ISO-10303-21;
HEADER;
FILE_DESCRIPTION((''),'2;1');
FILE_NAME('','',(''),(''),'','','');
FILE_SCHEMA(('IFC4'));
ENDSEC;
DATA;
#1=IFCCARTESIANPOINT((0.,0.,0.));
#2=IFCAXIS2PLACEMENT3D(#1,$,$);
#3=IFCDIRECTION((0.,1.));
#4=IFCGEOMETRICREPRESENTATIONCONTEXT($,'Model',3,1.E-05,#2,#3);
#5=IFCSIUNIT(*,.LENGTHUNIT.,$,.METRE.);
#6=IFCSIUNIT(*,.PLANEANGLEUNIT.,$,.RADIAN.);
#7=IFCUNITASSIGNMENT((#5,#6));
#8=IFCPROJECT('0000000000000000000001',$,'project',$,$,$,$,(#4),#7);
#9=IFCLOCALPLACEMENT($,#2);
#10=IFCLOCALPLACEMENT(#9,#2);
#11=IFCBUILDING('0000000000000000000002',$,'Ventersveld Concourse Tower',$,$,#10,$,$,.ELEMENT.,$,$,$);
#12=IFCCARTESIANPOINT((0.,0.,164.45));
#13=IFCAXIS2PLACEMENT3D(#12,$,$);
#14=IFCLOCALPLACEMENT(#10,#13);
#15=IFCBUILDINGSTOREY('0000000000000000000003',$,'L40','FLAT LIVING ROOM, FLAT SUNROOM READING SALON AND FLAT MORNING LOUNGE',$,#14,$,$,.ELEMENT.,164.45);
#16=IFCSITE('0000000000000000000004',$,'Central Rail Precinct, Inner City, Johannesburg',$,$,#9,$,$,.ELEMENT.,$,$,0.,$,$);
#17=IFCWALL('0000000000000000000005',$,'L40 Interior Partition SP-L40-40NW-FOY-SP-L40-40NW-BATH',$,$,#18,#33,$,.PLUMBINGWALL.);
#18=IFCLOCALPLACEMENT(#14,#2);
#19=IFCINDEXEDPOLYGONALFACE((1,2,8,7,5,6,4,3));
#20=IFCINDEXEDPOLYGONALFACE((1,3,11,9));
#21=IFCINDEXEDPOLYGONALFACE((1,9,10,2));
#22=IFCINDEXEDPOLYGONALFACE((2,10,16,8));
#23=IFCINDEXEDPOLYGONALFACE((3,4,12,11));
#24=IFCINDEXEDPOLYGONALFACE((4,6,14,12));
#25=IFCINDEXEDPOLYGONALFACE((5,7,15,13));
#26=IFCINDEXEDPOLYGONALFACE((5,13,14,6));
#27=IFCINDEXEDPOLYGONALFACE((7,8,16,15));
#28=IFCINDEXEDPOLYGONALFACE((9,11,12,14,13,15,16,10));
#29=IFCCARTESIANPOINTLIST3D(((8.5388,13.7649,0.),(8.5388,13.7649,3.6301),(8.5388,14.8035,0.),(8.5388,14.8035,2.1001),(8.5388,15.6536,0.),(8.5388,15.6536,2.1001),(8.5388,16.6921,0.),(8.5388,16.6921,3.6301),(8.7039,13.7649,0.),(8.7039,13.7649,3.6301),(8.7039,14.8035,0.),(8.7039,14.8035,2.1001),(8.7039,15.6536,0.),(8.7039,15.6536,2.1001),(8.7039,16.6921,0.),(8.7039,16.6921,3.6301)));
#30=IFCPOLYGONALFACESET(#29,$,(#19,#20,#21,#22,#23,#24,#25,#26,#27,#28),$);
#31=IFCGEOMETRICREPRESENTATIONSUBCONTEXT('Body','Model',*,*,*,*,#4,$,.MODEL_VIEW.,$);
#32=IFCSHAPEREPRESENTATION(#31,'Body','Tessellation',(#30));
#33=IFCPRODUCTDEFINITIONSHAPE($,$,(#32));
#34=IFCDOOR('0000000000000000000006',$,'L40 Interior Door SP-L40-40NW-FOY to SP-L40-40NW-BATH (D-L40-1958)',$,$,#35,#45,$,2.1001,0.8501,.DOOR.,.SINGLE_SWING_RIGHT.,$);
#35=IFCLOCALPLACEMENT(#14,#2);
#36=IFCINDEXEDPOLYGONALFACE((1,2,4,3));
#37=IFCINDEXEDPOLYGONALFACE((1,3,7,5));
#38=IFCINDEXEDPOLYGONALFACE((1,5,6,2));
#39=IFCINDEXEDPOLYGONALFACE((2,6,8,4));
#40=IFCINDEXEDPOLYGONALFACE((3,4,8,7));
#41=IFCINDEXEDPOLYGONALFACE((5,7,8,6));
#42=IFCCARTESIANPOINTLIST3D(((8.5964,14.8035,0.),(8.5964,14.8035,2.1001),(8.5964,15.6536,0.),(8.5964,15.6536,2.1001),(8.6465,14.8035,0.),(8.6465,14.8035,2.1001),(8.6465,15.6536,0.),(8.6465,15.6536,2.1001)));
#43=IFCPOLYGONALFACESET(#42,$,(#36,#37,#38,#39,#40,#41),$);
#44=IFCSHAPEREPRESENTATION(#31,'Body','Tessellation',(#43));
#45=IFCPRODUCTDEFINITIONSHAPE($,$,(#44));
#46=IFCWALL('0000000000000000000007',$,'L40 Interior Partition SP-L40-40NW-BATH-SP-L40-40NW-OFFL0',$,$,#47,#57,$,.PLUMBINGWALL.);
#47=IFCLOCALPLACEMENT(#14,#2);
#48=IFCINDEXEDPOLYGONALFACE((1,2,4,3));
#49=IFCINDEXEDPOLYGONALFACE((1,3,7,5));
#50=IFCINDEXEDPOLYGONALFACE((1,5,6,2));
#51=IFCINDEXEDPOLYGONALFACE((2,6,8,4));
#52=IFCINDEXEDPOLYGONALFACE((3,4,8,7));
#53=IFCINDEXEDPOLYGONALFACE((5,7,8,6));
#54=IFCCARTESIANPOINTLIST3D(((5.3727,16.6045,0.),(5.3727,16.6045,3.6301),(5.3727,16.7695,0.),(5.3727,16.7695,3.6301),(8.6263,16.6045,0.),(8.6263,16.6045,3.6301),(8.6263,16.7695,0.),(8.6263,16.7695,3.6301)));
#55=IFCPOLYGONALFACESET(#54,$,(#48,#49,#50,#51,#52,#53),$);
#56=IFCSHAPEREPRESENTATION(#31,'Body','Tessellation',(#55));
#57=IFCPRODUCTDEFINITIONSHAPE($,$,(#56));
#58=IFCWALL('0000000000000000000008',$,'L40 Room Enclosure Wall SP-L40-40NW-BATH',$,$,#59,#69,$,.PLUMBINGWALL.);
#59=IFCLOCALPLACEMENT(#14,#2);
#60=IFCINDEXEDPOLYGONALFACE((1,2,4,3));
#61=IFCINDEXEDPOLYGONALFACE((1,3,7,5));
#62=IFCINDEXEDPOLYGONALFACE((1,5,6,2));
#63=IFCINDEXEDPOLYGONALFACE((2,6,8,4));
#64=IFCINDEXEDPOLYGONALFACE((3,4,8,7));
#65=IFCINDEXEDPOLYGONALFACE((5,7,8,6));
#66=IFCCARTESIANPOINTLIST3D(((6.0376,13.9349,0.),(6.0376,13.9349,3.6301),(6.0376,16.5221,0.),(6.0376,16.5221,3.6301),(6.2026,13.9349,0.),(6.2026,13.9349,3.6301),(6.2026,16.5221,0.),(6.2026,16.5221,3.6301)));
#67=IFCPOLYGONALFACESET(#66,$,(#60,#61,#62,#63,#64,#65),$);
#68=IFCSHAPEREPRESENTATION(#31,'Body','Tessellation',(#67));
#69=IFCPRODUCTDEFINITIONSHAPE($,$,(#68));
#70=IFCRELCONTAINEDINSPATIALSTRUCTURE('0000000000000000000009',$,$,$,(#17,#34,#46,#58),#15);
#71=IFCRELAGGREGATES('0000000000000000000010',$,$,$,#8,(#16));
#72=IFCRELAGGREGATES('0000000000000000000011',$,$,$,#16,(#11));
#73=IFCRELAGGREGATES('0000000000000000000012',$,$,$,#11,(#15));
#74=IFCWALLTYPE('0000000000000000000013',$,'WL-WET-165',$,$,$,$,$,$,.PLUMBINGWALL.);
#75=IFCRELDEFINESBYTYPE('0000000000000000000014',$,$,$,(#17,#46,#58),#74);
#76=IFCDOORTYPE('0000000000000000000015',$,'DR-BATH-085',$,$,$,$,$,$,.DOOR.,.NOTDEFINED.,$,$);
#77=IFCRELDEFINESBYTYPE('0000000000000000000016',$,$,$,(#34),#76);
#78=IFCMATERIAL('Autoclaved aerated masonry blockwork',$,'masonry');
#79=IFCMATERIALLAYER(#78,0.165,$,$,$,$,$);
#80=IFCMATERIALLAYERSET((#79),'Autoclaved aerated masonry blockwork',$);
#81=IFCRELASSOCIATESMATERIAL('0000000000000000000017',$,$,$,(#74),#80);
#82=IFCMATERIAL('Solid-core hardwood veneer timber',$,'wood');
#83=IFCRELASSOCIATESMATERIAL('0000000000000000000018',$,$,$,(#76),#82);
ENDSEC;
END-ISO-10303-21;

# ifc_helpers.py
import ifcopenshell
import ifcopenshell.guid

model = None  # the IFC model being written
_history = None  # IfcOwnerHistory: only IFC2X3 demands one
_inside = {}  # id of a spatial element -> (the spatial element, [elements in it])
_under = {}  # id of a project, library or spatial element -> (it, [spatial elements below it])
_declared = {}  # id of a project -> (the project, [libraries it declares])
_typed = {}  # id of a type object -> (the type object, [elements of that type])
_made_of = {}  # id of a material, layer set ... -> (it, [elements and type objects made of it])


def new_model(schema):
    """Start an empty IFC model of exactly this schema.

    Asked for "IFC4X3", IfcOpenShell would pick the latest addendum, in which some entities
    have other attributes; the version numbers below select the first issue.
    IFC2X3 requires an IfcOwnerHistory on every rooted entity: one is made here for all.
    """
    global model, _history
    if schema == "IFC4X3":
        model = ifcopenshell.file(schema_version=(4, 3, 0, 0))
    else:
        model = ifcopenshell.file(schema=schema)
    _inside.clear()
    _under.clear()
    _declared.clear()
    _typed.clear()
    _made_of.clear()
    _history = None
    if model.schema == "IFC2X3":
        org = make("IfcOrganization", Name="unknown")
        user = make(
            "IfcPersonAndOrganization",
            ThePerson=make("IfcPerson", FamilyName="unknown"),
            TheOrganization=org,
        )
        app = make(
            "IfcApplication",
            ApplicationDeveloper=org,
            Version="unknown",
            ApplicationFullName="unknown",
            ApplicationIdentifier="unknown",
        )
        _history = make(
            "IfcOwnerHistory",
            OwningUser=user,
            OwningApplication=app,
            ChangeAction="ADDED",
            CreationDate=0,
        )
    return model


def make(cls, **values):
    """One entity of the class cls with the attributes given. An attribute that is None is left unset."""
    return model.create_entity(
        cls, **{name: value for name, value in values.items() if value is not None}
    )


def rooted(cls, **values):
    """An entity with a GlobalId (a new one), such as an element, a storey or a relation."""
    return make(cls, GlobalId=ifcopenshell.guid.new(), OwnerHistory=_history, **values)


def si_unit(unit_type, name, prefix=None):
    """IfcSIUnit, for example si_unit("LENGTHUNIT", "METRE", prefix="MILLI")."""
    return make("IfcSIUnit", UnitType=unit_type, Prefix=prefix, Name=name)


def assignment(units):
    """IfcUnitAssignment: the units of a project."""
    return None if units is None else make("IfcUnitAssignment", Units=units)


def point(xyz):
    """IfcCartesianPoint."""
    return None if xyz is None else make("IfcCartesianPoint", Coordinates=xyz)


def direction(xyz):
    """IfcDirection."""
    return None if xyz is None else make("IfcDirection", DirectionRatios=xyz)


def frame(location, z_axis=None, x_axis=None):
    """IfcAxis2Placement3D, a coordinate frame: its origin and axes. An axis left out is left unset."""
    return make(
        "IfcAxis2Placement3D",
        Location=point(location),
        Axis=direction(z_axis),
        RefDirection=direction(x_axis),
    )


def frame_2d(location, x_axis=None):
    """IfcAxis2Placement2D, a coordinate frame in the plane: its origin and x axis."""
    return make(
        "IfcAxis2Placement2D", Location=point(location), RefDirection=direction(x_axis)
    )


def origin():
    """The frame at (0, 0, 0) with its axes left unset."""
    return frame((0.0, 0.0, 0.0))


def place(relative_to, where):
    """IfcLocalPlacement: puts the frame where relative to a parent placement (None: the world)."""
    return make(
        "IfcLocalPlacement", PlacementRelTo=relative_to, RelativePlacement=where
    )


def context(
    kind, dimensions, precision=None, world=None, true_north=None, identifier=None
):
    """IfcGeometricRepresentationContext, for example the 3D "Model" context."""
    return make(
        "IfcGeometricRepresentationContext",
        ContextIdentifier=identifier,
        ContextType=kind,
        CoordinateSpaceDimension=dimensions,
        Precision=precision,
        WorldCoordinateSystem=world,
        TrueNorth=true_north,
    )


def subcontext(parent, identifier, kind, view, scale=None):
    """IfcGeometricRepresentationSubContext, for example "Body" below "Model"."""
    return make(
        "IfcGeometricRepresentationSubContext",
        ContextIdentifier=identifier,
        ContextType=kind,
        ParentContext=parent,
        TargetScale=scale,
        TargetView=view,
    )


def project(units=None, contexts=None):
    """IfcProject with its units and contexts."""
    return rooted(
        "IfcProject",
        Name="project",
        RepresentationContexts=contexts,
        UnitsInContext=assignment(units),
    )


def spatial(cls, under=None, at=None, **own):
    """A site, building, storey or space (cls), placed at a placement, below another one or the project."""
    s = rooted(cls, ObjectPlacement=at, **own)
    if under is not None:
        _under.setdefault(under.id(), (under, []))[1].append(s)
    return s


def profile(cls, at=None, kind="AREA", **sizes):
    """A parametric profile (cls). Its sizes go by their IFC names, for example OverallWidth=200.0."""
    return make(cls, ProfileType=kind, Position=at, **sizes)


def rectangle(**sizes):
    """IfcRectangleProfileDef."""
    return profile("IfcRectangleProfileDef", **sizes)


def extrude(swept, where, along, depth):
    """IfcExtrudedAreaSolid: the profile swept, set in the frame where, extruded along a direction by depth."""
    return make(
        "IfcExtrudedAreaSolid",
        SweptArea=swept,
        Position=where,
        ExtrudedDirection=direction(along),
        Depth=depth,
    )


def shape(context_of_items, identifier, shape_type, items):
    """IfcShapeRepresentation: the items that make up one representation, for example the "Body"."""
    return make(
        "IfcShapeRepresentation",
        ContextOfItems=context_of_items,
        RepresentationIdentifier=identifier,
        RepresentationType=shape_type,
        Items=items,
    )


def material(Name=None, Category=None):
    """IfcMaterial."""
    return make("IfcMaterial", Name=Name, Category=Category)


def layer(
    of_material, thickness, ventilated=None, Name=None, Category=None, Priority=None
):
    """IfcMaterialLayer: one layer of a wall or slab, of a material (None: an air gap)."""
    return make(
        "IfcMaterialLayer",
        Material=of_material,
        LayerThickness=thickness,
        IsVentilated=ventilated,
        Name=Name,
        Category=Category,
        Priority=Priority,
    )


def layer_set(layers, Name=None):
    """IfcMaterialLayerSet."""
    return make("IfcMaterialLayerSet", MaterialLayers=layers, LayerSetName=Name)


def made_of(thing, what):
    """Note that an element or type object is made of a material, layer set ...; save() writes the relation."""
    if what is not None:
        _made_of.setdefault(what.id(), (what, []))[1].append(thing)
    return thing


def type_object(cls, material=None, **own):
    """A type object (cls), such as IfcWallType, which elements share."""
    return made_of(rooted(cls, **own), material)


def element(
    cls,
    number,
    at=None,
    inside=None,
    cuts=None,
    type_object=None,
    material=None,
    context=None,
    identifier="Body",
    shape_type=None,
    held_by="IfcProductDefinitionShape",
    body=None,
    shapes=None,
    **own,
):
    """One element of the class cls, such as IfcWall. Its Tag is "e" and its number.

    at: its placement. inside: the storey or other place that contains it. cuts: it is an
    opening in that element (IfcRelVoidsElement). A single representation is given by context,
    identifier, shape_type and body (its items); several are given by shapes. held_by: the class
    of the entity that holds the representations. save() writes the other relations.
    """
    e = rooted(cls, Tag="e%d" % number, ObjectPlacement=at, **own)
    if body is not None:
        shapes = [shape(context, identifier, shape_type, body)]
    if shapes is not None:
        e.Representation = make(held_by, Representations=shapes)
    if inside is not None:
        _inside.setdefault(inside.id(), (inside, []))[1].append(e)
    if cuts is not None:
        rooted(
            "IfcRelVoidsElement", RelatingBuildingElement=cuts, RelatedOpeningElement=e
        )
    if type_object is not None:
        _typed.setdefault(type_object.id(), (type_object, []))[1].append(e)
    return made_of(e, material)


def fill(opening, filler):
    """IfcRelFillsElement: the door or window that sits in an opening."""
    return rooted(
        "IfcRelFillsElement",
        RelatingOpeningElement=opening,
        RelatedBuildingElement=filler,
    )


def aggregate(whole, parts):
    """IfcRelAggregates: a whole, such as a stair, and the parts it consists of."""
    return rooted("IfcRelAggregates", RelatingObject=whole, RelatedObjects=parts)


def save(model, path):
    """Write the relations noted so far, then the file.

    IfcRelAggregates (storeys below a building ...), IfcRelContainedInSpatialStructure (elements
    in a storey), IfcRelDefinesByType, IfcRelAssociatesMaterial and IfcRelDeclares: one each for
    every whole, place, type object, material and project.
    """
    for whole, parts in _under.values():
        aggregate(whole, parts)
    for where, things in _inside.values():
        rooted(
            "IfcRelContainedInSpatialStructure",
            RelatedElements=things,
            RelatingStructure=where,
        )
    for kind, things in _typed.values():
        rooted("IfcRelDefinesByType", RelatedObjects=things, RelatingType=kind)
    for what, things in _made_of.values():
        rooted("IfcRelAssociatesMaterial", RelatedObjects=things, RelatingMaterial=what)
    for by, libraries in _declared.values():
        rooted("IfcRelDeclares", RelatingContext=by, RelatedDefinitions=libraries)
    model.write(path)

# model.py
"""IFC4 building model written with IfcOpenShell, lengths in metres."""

from ifc_helpers import new_model, si_unit, direction, frame, frame_2d, origin, place, context, subcontext, project, spatial, rectangle, extrude, material, layer, layer_set, type_object, element, fill, save


model = new_model("IFC4")

# Units and contexts
model_context = context("Model", 3, precision=1e-05, world=origin(), true_north=direction((0.0, 1.0)))
body_context = subcontext(model_context, "Body", "Model", "MODEL_VIEW")
ifc_project = project(units=[si_unit("LENGTHUNIT", "METRE"), si_unit("PLANEANGLEUNIT", "RADIAN")], contexts=[model_context])

# Site, building, storey
site_placement = place(None, origin())
site = spatial("IfcSite", under=ifc_project, at=site_placement, Name="Central Rail Precinct, Inner City, Johannesburg", CompositionType="ELEMENT", RefElevation=0.0)
building_placement = place(site_placement, origin())
building = spatial("IfcBuilding", under=site, at=building_placement, Name="Ventersveld Concourse Tower", CompositionType="ELEMENT")
storey_placement = place(building_placement, frame((0.0, 0.0, 164.45)))
storey = spatial("IfcBuildingStorey", under=building, at=storey_placement, Name="L40", Description="FLAT LIVING ROOM, FLAT SUNROOM READING SALON AND FLAT MORNING LOUNGE", CompositionType="ELEMENT", Elevation=164.45)

# Shared definitions
ifc_material_1 = material(Name="Solid-core hardwood veneer timber", Category="wood")

# Shared definitions
ifc_material_2 = material(Name="Autoclaved aerated masonry blockwork", Category="masonry")

# Wall, opening, door
ifc_layer_1 = layer(ifc_material_2, 0.165)
ifc_layer_set_1 = layer_set([ifc_layer_1], Name="Autoclaved aerated masonry blockwork")
wall_type_1 = type_object("IfcWallType", Name="WL-WET-165", PredefinedType="PLUMBINGWALL", material=ifc_layer_set_1)
wall_1_placement = place(storey_placement, frame((8.6213, 13.7649, 0.0), z_axis=(0.0, 0.0, 1.0), x_axis=(0.0, 1.0, 0.0)))
wall_1 = element("IfcWall", 1, at=wall_1_placement, inside=storey, type_object=wall_type_1, Name="L40 Interior Partition SP-L40-40NW-FOY-SP-L40-40NW-BATH", PredefinedType="PLUMBINGWALL", context=body_context, shape_type="SweptSolid", body=[
    extrude(rectangle(XDim=2.9272, YDim=0.165, at=frame_2d((1.4636, 0.0))), origin(), (0.0, 0.0, 1.0), 3.6301),
])
opening_1_placement = place(wall_1_placement, frame((1.0386, 0.0, 0.0)))
opening_1 = element("IfcOpeningElement", 2, at=opening_1_placement, cuts=wall_1, PredefinedType="OPENING", context=body_context, shape_type="SweptSolid", body=[
    extrude(rectangle(XDim=0.8501, YDim=2.1001, at=frame_2d((0.425, 1.05))), frame((0.0, 0.0925, 0.0), z_axis=(0.0, -1.0, 0.0), x_axis=(1.0, 0.0, 0.0)), (0.0, 0.0, 1.0), 0.1851),
])
door_type_1 = type_object("IfcDoorType", Name="DR-BATH-085", OperationType="NOTDEFINED", PredefinedType="DOOR", material=ifc_material_1)
door_1_placement = place(opening_1_placement, origin())
door_1 = element("IfcDoor", 3, at=door_1_placement, inside=storey, type_object=door_type_1, Name="L40 Interior Door SP-L40-40NW-FOY to SP-L40-40NW-BATH (D-L40-1958)", OperationType="SINGLE_SWING_RIGHT", OverallHeight=2.1001, OverallWidth=0.8501, PredefinedType="DOOR", context=body_context, shape_type="SweptSolid", body=[
    extrude(rectangle(XDim=0.8501, YDim=2.1001, at=frame_2d((0.425, 1.05))), frame((0.0, 0.0249, 0.0), z_axis=(0.0, -1.0, 0.0), x_axis=(1.0, 0.0, 0.0)), (0.0, 0.0, 1.0), 0.05),
])
fill(opening_1, door_1)

# Walls
wall_2_placement = place(storey_placement, frame((5.3726, 16.687, 0.0), z_axis=(0.0, 0.0, 1.0), x_axis=(1.0, 0.0, 0.0)))
element("IfcWall", 4, at=wall_2_placement, inside=storey, type_object=wall_type_1, Name="L40 Interior Partition SP-L40-40NW-BATH-SP-L40-40NW-OFFL0", PredefinedType="PLUMBINGWALL", context=body_context, shape_type="SweptSolid", body=[
    extrude(rectangle(XDim=3.2537, YDim=0.165, at=frame_2d((1.627, 0.0))), origin(), (0.0, 0.0, 1.0), 3.6301),
])
wall_3_placement = place(storey_placement, frame((6.1201, 13.9351, 0.0), z_axis=(0.0, 0.0, 1.0), x_axis=(0.0, 1.0, 0.0)))
element("IfcWall", 5, at=wall_3_placement, inside=storey, type_object=wall_type_1, Name="L40 Room Enclosure Wall SP-L40-40NW-BATH", PredefinedType="PLUMBINGWALL", context=body_context, shape_type="SweptSolid", body=[
    extrude(rectangle(XDim=2.5872, YDim=0.165, at=frame_2d((1.2935, 0.0))), origin(), (0.0, 0.0, 1.0), 3.6301),
])

save(model, "model.ifc")
